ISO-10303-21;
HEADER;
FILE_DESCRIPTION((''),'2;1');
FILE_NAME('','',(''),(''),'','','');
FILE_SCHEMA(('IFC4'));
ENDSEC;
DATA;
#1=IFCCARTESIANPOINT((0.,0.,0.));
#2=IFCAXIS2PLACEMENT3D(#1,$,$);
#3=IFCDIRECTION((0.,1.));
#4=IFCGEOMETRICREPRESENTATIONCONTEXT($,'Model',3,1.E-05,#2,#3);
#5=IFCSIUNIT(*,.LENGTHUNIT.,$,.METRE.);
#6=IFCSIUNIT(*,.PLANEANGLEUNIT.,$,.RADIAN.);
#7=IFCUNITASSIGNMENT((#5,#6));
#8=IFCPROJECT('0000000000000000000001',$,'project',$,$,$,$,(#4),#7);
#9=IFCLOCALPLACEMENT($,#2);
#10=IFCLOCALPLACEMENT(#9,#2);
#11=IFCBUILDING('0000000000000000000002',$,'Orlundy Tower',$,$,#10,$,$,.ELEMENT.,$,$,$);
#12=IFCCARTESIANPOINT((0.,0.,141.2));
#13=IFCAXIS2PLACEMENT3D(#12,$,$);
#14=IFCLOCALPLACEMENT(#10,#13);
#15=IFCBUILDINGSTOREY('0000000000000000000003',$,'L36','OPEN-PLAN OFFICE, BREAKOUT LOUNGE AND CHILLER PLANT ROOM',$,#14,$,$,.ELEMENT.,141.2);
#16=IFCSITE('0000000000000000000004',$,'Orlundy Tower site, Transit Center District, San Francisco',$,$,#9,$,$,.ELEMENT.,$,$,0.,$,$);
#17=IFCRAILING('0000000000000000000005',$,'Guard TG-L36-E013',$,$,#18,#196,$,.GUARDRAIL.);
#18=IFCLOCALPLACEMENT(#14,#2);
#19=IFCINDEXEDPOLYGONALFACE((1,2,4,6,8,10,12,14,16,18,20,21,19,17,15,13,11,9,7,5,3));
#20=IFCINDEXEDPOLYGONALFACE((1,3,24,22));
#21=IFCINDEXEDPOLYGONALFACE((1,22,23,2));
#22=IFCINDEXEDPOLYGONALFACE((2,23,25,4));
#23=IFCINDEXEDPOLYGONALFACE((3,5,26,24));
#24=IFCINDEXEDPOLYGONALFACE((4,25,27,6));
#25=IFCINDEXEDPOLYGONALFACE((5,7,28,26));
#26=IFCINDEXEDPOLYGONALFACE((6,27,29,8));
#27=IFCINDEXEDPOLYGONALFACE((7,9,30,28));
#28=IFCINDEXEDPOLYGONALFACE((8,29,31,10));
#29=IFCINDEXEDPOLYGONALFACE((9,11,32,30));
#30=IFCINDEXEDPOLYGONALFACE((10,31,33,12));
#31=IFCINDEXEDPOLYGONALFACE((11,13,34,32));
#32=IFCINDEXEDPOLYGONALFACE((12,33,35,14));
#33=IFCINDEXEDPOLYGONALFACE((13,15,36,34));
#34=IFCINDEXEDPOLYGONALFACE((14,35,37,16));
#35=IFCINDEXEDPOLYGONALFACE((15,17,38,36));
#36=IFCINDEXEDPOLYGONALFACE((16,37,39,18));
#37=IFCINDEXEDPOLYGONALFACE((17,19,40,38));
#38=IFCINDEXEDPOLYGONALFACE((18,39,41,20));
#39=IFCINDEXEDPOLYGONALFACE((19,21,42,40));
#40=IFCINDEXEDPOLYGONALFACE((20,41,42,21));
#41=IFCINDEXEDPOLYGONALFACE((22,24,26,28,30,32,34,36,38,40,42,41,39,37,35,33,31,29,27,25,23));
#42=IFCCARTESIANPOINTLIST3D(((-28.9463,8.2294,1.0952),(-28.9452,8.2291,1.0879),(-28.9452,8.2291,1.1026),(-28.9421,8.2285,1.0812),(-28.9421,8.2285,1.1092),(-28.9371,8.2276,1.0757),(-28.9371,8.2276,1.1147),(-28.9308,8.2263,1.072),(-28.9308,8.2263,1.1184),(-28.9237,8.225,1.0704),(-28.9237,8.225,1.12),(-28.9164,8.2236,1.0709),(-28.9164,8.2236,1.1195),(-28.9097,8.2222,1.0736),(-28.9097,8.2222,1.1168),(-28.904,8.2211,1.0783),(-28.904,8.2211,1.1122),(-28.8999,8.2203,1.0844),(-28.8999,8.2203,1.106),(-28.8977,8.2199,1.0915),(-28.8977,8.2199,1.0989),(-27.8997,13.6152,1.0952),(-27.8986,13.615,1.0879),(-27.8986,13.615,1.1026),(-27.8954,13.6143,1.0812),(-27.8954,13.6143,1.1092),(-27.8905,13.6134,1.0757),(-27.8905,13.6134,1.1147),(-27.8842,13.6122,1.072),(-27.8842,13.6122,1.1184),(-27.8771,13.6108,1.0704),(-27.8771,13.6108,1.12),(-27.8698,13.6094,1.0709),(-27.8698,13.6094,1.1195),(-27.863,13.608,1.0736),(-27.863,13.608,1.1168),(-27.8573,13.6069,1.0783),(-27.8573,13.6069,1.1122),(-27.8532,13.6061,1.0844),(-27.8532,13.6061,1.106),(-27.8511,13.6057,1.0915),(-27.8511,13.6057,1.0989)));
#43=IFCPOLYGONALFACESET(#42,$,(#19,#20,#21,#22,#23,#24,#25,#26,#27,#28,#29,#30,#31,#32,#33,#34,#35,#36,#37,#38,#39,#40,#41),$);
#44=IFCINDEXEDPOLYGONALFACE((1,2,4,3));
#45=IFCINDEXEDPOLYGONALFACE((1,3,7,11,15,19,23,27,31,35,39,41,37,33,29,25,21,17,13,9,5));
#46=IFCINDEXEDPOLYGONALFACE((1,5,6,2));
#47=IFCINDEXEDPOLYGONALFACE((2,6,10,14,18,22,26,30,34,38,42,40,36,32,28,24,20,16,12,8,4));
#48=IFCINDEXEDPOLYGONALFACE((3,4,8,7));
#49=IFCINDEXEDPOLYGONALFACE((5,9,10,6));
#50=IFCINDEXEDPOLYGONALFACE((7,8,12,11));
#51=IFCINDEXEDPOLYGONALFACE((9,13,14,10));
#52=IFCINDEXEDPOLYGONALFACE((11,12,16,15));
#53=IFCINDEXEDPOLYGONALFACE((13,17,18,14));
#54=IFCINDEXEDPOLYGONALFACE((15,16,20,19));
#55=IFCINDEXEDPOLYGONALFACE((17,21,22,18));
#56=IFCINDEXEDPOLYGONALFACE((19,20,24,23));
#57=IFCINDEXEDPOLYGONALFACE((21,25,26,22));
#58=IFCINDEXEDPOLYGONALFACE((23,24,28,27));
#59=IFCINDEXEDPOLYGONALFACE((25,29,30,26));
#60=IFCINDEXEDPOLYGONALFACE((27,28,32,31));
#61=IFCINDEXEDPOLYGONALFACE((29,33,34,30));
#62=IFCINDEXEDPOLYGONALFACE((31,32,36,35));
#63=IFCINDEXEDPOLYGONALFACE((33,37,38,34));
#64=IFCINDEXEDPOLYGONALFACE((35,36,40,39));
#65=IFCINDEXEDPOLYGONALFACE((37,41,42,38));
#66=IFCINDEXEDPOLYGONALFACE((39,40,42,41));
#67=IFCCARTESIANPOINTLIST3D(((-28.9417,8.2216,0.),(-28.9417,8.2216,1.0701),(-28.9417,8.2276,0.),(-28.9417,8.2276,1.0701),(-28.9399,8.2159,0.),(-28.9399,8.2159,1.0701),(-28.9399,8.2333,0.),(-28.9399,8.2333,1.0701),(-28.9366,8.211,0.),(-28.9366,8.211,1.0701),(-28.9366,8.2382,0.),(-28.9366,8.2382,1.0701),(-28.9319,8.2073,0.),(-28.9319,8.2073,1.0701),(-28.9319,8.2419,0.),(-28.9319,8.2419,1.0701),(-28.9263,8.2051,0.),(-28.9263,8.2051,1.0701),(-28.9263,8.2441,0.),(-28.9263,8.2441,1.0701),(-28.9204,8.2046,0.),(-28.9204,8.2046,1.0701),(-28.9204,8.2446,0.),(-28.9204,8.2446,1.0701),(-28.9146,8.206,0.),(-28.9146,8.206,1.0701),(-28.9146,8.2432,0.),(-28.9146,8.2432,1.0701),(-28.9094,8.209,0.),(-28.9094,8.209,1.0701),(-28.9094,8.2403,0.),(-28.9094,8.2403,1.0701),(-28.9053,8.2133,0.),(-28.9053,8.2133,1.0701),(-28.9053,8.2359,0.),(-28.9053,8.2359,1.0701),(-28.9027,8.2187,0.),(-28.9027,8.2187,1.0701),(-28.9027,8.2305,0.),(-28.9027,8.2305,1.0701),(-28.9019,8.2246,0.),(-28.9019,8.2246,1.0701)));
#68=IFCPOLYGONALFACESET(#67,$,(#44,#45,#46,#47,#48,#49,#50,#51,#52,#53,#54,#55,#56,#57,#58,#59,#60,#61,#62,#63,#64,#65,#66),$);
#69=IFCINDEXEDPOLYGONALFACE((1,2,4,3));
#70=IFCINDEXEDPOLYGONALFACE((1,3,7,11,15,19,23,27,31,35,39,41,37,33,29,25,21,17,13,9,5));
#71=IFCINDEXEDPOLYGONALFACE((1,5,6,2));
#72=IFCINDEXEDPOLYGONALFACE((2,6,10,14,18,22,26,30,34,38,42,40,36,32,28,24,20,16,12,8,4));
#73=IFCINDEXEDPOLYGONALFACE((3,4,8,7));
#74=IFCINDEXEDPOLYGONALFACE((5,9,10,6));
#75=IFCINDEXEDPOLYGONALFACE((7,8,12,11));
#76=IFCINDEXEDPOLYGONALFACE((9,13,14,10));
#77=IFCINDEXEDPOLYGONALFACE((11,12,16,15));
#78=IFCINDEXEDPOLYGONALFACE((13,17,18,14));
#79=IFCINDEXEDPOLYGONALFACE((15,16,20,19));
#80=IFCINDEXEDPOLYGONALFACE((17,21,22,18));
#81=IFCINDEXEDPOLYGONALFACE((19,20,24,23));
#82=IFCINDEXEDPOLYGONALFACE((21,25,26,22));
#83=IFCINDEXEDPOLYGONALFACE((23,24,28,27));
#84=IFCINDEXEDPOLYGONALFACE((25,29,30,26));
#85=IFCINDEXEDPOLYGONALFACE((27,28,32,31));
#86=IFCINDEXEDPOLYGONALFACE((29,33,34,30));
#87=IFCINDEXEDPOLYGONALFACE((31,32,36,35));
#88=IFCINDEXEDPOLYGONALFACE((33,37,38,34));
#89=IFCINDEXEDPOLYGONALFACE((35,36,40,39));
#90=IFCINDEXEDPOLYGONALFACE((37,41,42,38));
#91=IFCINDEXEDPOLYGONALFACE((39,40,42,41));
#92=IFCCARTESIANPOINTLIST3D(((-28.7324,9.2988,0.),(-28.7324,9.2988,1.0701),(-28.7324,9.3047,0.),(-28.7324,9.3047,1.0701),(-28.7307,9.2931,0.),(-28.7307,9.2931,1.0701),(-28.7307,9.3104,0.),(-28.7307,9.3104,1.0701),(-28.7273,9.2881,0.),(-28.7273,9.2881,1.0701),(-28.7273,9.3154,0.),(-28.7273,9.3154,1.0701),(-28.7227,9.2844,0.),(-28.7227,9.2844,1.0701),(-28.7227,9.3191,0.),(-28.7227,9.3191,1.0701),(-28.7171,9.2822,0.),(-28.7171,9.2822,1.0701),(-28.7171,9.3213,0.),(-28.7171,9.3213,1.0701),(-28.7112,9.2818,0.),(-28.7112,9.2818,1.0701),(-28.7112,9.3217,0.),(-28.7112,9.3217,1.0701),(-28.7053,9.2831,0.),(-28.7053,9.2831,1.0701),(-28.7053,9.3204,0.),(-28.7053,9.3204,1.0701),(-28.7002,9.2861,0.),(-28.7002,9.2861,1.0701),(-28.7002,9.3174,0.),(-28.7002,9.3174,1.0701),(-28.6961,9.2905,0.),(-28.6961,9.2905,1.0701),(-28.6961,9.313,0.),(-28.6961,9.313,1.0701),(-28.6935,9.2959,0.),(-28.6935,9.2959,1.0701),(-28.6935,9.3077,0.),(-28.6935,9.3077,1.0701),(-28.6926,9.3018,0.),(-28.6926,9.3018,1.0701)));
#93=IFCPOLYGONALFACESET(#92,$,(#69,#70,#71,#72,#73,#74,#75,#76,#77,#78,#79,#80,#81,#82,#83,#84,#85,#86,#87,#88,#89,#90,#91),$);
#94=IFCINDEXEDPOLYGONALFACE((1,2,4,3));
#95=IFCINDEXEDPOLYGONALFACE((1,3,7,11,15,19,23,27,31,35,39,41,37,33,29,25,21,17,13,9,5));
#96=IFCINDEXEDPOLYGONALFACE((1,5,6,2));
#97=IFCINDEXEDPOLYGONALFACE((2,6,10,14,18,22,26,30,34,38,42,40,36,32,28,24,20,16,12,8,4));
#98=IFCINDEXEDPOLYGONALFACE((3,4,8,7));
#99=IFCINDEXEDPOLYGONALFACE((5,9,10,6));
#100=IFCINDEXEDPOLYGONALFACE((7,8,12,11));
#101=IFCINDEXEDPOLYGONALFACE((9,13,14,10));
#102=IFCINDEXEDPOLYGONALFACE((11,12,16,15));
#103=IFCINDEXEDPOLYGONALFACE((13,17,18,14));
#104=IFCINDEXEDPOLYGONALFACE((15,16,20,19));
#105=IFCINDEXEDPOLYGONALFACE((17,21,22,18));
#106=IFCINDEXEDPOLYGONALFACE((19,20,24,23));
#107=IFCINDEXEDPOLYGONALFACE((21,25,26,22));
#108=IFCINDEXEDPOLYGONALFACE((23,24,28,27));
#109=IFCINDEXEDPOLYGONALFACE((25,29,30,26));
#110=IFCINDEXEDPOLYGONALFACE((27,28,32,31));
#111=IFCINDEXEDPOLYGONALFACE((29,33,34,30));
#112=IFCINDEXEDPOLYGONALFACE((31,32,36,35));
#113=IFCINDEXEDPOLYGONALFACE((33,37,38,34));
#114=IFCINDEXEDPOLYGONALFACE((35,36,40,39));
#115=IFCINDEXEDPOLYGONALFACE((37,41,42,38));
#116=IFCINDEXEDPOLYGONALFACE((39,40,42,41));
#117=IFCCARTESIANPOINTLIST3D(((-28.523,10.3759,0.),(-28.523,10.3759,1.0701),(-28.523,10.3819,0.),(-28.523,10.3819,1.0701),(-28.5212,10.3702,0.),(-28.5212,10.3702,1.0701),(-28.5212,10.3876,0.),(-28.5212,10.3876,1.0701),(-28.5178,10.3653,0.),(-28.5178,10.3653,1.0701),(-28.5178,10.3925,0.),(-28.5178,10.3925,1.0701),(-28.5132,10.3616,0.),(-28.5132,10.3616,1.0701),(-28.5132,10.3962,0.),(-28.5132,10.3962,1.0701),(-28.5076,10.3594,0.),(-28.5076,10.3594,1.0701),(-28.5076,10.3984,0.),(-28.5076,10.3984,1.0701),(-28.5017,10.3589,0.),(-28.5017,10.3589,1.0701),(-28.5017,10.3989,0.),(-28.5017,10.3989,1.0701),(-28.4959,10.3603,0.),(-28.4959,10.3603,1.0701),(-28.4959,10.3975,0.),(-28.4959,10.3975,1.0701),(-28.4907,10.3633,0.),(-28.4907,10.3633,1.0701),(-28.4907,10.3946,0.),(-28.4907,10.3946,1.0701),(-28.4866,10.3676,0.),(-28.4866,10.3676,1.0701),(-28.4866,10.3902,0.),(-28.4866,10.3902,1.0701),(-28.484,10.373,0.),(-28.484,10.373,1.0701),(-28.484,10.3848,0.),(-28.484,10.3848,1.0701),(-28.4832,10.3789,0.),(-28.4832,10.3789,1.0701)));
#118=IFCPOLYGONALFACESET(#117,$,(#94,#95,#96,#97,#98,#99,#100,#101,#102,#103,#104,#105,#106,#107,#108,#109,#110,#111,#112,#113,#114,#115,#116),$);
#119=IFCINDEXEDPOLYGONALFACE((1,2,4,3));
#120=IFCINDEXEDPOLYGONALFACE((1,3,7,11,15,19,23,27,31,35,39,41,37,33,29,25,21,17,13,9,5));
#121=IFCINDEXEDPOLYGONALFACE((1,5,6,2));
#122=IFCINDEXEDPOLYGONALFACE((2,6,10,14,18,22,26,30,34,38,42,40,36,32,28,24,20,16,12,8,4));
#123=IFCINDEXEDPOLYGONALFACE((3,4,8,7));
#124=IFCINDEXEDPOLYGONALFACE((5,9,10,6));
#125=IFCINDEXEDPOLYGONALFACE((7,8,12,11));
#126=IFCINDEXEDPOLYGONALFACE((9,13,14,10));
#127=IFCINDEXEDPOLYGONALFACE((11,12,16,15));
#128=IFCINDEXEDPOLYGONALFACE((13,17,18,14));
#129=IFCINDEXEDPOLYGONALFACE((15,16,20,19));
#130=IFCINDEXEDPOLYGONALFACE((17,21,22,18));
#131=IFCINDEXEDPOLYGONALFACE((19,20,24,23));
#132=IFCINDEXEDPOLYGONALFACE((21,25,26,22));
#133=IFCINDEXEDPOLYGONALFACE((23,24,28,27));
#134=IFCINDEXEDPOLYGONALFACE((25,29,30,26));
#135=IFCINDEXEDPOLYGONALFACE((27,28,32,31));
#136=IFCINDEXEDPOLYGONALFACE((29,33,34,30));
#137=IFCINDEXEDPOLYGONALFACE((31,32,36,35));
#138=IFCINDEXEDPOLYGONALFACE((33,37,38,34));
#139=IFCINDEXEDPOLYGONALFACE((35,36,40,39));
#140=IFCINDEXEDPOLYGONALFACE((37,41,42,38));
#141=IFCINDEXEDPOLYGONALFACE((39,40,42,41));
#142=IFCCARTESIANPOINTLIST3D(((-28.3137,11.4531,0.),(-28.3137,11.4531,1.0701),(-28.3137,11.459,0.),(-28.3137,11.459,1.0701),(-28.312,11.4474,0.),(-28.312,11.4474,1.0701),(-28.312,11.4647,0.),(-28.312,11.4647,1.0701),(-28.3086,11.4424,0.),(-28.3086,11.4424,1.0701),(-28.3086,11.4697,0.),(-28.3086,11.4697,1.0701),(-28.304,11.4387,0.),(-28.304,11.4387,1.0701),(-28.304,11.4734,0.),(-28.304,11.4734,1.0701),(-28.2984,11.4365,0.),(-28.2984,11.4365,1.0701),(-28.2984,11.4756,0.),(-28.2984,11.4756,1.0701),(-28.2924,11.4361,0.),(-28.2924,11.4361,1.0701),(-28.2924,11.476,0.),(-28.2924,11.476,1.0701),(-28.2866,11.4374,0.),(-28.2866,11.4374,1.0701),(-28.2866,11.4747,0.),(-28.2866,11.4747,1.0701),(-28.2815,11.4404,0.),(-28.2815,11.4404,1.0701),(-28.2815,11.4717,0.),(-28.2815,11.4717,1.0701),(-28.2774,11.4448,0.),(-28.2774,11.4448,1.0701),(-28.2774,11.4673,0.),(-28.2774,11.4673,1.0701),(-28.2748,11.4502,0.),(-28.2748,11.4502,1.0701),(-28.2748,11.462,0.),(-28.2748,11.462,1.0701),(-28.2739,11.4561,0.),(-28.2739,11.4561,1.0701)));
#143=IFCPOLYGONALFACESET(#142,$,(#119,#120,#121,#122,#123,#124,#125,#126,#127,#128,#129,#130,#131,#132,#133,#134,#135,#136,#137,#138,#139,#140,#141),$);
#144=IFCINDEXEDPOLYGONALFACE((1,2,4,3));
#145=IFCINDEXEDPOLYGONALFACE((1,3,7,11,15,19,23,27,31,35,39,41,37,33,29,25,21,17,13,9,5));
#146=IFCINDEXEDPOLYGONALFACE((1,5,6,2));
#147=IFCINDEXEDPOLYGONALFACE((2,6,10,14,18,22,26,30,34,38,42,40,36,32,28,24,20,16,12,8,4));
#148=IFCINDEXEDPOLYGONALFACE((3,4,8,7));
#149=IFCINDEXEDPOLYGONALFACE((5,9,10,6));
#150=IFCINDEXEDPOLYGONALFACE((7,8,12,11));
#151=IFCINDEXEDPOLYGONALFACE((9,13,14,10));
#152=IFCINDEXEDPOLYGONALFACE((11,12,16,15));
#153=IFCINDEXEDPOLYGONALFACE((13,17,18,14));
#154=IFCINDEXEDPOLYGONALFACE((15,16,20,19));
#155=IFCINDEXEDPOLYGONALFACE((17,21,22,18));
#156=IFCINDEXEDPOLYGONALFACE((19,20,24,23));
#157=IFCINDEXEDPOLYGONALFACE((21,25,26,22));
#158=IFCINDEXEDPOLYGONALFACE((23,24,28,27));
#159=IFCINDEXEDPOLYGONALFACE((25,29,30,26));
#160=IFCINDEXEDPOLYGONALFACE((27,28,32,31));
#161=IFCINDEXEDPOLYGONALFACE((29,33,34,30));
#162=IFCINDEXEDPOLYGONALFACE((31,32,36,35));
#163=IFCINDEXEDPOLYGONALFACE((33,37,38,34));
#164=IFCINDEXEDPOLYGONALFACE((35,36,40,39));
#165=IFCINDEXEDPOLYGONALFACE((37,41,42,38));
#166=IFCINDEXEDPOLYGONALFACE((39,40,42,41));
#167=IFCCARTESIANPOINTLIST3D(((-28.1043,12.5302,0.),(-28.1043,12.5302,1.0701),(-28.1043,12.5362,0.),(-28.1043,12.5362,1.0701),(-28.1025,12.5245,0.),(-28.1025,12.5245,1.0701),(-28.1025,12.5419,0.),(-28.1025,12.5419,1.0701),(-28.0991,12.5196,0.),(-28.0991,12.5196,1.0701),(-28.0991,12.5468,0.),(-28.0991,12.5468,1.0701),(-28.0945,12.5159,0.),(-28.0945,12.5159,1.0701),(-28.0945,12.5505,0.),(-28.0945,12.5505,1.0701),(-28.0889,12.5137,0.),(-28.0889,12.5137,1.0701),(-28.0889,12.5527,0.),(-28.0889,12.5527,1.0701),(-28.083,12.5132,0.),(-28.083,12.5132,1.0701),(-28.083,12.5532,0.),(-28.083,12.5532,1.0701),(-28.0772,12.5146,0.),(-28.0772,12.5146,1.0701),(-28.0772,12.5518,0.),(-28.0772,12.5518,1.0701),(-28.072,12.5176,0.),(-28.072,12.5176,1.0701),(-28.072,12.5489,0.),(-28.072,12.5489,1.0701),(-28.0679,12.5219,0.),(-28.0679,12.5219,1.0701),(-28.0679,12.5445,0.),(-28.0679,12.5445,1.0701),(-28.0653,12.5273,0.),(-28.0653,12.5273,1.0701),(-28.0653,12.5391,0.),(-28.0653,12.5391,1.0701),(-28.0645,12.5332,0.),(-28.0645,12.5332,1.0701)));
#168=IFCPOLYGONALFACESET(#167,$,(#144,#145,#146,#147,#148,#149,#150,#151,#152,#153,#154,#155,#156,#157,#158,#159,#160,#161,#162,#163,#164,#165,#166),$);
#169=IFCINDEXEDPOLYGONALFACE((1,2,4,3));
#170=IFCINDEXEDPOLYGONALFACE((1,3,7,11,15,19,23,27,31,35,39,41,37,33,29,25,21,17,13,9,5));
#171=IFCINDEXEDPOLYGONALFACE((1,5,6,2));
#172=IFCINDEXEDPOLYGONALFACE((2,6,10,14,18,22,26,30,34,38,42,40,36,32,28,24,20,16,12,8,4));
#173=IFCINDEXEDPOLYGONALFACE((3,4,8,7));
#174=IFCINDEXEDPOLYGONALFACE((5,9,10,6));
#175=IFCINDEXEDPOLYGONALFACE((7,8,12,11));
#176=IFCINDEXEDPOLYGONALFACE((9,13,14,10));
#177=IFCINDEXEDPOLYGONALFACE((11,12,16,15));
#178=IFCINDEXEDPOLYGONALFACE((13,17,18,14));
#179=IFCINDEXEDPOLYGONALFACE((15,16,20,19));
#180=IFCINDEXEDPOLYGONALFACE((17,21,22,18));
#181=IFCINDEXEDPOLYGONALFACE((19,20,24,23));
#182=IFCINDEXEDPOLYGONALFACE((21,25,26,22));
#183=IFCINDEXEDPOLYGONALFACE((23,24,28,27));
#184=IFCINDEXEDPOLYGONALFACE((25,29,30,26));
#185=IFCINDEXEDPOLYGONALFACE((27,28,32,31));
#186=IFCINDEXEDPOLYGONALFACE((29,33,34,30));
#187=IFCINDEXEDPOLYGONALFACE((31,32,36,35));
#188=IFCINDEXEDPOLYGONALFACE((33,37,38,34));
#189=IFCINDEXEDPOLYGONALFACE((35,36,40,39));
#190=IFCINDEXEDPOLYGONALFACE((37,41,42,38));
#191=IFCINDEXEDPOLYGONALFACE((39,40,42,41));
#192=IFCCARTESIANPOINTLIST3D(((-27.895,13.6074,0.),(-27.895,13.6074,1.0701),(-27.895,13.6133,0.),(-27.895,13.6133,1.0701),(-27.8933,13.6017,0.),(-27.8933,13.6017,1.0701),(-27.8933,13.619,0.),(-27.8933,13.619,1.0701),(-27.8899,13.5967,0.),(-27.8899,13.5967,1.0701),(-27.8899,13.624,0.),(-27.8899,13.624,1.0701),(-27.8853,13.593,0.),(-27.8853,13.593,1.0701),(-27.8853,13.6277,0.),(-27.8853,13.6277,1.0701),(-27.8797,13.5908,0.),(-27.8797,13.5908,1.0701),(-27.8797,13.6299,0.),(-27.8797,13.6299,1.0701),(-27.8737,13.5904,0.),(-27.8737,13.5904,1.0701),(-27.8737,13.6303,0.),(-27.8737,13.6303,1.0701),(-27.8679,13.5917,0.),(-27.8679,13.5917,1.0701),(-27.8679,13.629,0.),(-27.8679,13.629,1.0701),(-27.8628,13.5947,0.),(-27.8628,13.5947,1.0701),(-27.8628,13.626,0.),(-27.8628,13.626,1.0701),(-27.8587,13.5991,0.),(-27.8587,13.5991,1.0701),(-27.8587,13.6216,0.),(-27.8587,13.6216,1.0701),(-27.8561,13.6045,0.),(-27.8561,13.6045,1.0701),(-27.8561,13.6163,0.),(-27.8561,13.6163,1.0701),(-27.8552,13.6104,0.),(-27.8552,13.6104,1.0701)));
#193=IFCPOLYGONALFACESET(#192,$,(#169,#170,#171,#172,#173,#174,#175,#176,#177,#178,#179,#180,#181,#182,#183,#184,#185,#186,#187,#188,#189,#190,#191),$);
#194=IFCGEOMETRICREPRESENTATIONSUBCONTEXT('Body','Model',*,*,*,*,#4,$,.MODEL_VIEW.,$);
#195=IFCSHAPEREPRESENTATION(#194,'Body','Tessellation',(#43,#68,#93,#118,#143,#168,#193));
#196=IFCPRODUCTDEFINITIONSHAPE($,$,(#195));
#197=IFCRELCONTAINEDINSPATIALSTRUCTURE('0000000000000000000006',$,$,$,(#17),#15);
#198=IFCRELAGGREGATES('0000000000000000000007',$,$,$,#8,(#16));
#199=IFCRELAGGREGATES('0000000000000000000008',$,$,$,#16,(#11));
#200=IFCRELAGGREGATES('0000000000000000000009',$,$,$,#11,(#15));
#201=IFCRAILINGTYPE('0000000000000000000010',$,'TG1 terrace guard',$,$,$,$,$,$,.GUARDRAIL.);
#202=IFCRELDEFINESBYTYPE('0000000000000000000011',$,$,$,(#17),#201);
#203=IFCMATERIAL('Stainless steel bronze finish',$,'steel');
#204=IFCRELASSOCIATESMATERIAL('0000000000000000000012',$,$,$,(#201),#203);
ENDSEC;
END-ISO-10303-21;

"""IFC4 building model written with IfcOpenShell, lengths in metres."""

from ifc_helpers import new_model, si_unit, direction, frame, origin, origin_2d, place, context, subcontext, project, spatial, circle, extrude, material, type_object, element, save


model = new_model("IFC4")

# Units and contexts
model_context = context("Model", 3, precision=1e-05, world=origin(), true_north=direction((0.0, 1.0)))
body_context = subcontext(model_context, "Body", "Model", "MODEL_VIEW")
ifc_project = project(units=[si_unit("LENGTHUNIT", "METRE"), si_unit("PLANEANGLEUNIT", "RADIAN")], contexts=[model_context])

# Site, building, storey
site_placement = place(None, origin())
site = spatial("IfcSite", under=ifc_project, at=site_placement, Name="Orlundy Tower site, Transit Center District, San Francisco", CompositionType="ELEMENT", RefElevation=0.0)
building_placement = place(site_placement, origin())
building = spatial("IfcBuilding", under=site, at=building_placement, Name="Orlundy Tower", CompositionType="ELEMENT")
storey_placement = place(building_placement, frame((0.0, 0.0, 141.2)))
storey = spatial("IfcBuildingStorey", under=building, at=storey_placement, Name="L36", Description="OPEN-PLAN OFFICE, BREAKOUT LOUNGE AND CHILLER PLANT ROOM", CompositionType="ELEMENT", Elevation=141.2)

# Railing
ifc_material_1 = material(Name="Stainless steel bronze finish", Category="steel")
railing_type = type_object("IfcRailingType", Name="TG1 terrace guard", PredefinedType="GUARDRAIL", material=ifc_material_1)
railing_1_placement = place(storey_placement, frame((-28.9219, 8.2246, 0.0)))
element("IfcRailing", 1, at=railing_1_placement, inside=storey, type_object=railing_type, Name="Guard TG-L36-E013", PredefinedType="GUARDRAIL", context=body_context, shape_type="SweptSolid", body=[
    extrude(circle(Radius=0.0249, at=origin_2d()), frame((0.0, 0.0, 1.0952), z_axis=(0.190765, 0.981636, 0.0), x_axis=(-0.981636, 0.190765, 0.0)), (0.0, 0.0, 1.0), 5.4866),
    extrude(circle(Radius=0.02, at=origin_2d()), origin(), (0.0, 0.0, 1.0), 1.0701),
    extrude(circle(Radius=0.02, at=origin_2d()), frame((0.2092, 1.0771, 0.0)), (0.0, 0.0, 1.0), 1.0701),
    extrude(circle(Radius=0.02, at=origin_2d()), frame((0.4187, 2.1543, 0.0)), (0.0, 0.0, 1.0), 1.0701),
    extrude(circle(Radius=0.02, at=origin_2d()), frame((0.6279, 3.2314, 0.0)), (0.0, 0.0, 1.0), 1.0701),
    extrude(circle(Radius=0.02, at=origin_2d()), frame((0.8374, 4.3086, 0.0)), (0.0, 0.0, 1.0), 1.0701),
    extrude(circle(Radius=0.02, at=origin_2d()), frame((1.0466, 5.3857, 0.0)), (0.0, 0.0, 1.0), 1.0701),
])

save(model, "model.ifc")
